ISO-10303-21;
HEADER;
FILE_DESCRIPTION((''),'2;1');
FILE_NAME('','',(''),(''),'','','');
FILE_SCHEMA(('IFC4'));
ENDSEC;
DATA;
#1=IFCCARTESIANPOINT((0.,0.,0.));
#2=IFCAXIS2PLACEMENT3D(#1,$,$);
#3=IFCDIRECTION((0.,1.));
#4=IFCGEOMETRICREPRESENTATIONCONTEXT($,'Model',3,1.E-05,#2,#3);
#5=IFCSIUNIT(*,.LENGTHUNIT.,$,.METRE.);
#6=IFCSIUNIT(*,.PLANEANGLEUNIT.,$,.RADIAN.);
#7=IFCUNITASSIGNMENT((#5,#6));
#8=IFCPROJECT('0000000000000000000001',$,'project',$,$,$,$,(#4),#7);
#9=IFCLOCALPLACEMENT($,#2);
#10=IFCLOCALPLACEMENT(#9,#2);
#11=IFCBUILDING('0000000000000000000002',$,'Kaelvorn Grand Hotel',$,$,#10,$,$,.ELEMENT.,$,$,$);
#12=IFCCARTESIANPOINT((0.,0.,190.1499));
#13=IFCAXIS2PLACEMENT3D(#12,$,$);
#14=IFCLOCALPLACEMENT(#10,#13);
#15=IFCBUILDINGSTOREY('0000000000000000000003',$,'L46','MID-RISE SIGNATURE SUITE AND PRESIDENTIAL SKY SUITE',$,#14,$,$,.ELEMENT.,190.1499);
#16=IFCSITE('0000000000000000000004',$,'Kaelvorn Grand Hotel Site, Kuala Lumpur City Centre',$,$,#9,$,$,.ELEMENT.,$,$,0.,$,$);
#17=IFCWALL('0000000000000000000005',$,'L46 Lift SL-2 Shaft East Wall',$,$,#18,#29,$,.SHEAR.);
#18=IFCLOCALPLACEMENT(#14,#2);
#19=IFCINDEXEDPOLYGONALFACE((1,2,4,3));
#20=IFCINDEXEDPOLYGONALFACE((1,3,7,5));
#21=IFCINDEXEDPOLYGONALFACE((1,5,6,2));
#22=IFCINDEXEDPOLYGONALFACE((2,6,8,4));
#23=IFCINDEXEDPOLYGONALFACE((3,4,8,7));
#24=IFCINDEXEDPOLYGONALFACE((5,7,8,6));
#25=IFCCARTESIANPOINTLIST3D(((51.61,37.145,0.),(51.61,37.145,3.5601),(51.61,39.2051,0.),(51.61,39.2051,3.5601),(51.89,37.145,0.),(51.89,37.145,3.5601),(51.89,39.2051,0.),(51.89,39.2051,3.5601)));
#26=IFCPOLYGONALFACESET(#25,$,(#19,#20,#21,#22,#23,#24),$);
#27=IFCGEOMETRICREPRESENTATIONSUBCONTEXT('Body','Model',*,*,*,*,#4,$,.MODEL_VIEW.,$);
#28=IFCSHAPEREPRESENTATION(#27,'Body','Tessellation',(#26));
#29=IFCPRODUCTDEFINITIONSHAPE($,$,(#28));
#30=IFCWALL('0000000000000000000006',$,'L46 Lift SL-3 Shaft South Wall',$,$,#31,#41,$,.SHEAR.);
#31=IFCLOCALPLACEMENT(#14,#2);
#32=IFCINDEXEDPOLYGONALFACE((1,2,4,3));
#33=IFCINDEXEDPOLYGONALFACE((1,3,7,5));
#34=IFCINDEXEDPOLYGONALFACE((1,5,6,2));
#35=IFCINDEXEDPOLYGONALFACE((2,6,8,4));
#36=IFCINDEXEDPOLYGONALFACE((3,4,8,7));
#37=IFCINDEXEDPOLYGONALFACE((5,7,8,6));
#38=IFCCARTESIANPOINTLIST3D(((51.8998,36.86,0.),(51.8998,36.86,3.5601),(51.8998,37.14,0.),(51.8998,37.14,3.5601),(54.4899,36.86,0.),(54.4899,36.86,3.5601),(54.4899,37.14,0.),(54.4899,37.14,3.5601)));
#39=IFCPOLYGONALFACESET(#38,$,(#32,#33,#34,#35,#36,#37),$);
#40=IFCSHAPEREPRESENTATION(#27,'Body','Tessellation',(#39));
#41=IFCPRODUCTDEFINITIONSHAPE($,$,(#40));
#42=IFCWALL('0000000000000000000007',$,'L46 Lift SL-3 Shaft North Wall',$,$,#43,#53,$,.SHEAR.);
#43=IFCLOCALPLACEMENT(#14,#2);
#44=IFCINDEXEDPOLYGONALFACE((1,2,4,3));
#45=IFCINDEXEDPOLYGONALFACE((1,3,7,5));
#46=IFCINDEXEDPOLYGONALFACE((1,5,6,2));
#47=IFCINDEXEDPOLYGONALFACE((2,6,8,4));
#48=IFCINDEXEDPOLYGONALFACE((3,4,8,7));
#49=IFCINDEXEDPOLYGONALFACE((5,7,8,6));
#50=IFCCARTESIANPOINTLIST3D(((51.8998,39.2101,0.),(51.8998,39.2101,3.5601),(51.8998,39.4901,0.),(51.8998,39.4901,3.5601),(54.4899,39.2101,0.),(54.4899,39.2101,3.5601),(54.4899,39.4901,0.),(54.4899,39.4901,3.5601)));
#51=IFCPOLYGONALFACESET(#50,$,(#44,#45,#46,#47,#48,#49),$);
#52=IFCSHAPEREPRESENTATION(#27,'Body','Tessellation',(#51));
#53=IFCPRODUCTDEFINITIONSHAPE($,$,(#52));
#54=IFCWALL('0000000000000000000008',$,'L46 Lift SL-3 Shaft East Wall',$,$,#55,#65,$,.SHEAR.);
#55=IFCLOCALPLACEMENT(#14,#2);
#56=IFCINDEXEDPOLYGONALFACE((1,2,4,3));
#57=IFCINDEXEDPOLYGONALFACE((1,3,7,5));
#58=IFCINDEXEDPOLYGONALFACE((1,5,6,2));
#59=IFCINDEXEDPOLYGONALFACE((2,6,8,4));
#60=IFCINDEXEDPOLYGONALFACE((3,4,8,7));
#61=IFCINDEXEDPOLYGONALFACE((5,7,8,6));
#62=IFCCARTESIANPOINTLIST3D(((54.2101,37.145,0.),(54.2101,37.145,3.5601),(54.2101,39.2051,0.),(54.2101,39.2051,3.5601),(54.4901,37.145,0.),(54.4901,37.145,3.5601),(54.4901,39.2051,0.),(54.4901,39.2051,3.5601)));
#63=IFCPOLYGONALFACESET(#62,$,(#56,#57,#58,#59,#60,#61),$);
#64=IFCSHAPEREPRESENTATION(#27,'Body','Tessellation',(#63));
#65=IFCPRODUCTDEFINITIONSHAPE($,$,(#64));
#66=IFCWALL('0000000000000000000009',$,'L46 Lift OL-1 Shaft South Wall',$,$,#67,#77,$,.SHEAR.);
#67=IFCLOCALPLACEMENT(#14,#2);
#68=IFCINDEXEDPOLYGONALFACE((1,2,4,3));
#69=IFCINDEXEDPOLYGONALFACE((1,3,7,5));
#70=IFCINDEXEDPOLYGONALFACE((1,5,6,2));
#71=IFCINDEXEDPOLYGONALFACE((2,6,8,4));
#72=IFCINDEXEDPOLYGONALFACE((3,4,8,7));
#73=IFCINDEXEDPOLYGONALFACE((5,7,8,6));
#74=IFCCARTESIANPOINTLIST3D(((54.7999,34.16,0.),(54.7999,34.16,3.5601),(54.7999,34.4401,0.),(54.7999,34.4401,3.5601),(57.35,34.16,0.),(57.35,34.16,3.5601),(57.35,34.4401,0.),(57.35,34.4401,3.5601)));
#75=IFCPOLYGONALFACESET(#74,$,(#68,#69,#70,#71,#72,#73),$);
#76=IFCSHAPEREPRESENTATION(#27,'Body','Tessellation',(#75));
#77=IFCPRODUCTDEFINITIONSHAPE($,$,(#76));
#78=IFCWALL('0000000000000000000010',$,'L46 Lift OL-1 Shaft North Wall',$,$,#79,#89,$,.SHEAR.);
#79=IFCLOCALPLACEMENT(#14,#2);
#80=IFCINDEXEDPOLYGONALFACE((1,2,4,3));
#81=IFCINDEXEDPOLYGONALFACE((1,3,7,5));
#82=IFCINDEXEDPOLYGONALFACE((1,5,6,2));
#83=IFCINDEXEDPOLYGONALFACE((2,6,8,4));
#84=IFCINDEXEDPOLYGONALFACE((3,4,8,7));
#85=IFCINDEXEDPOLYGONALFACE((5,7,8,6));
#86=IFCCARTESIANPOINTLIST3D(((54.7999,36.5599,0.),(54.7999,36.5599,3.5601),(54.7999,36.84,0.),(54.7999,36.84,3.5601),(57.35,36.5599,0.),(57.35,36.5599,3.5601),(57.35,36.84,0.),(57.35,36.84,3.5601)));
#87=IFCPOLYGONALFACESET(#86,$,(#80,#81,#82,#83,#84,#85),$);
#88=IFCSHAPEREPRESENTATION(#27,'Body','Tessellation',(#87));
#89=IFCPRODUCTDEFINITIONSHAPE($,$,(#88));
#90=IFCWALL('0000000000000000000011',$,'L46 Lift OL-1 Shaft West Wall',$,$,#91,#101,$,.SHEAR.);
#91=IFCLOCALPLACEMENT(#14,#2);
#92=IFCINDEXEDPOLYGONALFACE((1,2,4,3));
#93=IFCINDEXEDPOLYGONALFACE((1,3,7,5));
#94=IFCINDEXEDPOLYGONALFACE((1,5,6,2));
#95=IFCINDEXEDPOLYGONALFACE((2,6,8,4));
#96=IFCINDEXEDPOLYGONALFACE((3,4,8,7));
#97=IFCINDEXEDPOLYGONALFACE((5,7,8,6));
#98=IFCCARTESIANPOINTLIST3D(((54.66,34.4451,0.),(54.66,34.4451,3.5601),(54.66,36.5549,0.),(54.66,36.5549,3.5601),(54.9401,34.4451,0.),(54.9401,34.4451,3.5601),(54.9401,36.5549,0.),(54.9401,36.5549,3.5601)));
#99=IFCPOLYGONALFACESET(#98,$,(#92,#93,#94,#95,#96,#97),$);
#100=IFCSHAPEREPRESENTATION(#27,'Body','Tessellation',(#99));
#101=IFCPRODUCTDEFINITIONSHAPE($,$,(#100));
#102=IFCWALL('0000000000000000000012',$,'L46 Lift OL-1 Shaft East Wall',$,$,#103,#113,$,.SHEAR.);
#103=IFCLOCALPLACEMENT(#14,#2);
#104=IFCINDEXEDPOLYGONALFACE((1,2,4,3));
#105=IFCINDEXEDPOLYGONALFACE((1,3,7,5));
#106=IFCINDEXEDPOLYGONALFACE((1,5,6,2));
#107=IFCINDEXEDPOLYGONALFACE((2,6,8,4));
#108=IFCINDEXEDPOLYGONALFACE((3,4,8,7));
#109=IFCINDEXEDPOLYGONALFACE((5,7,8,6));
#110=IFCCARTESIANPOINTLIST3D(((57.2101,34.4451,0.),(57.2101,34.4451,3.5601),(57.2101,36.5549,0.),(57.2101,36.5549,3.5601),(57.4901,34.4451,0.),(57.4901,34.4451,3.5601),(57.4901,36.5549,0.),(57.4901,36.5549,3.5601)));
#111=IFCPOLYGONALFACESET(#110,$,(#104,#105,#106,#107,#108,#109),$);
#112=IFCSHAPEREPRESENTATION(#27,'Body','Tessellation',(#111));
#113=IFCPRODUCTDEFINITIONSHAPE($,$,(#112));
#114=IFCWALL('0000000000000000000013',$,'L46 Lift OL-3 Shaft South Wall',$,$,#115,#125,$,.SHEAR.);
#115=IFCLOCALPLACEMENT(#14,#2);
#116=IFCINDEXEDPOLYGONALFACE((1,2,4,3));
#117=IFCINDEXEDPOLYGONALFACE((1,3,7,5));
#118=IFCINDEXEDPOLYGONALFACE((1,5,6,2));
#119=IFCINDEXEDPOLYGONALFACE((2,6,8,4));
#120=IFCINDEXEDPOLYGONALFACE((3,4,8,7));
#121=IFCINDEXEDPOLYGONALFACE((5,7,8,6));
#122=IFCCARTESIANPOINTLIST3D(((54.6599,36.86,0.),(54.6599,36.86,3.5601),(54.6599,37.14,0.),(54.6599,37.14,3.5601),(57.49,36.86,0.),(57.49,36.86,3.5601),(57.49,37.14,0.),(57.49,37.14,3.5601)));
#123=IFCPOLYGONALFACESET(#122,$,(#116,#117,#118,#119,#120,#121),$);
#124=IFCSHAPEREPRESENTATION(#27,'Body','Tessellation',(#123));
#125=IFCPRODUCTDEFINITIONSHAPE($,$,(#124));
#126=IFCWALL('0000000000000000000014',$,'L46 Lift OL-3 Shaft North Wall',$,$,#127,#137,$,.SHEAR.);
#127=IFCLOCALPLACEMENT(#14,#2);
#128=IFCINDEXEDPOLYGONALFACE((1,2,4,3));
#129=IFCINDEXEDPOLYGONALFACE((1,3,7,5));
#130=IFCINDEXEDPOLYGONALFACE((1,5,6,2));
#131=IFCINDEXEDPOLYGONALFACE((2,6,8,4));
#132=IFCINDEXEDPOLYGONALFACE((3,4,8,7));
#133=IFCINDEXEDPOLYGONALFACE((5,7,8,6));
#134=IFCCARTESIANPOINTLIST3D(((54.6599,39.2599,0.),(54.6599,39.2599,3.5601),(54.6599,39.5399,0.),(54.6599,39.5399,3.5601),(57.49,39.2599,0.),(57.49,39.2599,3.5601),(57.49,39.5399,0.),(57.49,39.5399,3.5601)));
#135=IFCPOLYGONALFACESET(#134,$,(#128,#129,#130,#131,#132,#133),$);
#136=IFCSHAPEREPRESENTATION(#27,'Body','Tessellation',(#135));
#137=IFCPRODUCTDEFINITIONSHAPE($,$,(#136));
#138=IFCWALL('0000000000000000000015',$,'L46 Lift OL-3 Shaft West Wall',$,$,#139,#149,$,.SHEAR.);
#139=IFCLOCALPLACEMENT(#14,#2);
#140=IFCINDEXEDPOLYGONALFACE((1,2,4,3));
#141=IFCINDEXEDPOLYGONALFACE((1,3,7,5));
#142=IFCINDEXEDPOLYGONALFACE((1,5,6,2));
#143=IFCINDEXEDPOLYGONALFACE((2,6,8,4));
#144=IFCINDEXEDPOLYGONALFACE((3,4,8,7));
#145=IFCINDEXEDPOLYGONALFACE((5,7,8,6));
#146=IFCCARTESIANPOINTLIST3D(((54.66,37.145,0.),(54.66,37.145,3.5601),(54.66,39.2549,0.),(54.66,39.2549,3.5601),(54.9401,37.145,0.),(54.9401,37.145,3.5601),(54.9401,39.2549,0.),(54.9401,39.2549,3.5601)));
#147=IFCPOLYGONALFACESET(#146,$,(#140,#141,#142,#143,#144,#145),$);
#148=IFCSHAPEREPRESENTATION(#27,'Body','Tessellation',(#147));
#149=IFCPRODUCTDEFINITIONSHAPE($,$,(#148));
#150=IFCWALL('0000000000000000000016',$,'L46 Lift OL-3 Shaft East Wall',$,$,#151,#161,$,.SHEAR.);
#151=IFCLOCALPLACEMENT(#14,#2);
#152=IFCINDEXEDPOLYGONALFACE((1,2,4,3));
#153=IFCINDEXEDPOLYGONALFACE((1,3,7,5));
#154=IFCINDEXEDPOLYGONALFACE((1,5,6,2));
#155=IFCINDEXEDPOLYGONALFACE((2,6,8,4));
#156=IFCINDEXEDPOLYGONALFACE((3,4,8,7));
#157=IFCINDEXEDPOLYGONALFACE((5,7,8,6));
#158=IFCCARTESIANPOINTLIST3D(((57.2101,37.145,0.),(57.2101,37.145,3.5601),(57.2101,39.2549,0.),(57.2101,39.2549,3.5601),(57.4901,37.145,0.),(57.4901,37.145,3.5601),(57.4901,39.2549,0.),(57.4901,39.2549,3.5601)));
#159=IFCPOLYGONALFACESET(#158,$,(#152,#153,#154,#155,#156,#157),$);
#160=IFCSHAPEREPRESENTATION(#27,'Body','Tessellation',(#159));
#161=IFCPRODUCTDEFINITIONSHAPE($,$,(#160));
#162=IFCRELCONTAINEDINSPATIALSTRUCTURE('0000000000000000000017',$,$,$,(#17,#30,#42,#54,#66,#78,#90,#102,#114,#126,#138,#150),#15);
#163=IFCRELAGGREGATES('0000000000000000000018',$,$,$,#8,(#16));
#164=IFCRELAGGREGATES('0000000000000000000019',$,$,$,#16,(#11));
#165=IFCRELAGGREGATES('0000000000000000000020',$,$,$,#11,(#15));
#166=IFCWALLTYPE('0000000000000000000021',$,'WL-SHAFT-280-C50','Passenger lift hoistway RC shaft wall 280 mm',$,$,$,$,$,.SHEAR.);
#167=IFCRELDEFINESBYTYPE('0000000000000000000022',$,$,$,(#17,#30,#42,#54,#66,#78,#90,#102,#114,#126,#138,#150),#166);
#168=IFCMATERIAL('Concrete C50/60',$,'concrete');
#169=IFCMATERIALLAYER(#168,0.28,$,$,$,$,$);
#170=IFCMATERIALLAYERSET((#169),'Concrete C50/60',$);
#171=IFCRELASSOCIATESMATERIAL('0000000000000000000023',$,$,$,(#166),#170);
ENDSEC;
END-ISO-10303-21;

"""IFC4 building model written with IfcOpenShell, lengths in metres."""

from ifc_helpers import new_model, si_unit, direction, frame, frame_2d, origin, place, context, subcontext, project, spatial, rectangle, extrude, material, layer, layer_set, type_object, element, save


model = new_model("IFC4")

# Units and contexts
model_context = context("Model", 3, precision=1e-05, world=origin(), true_north=direction((0.0, 1.0)))
body_context = subcontext(model_context, "Body", "Model", "MODEL_VIEW")
ifc_project = project(units=[si_unit("LENGTHUNIT", "METRE"), si_unit("PLANEANGLEUNIT", "RADIAN")], contexts=[model_context])

# Site, building, storey
site_placement = place(None, origin())
site = spatial("IfcSite", under=ifc_project, at=site_placement, Name="Kaelvorn Grand Hotel Site, Kuala Lumpur City Centre", CompositionType="ELEMENT", RefElevation=0.0)
building_placement = place(site_placement, origin())
building = spatial("IfcBuilding", under=site, at=building_placement, Name="Kaelvorn Grand Hotel", CompositionType="ELEMENT")
storey_placement = place(building_placement, frame((0.0, 0.0, 190.1499)))
storey = spatial("IfcBuildingStorey", under=building, at=storey_placement, Name="L46", Description="MID-RISE SIGNATURE SUITE AND PRESIDENTIAL SKY SUITE", CompositionType="ELEMENT", Elevation=190.1499)

# Shared definitions
ifc_material_1 = material(Name="Concrete C50/60", Category="concrete")

# Shared definitions
ifc_layer_1 = layer(ifc_material_1, 0.28)
ifc_layer_set_1 = layer_set([ifc_layer_1], Name="Concrete C50/60")
wall_type_1 = type_object("IfcWallType", Name="WL-SHAFT-280-C50", Description="Passenger lift hoistway RC shaft wall 280 mm", PredefinedType="SHEAR", material=ifc_layer_set_1)

# Walls
wall_1_placement = place(storey_placement, frame((51.75, 37.145, 0.0), z_axis=(0.0, 0.0, 1.0), x_axis=(0.0, 1.0, 0.0)))
element("IfcWall", 1, at=wall_1_placement, inside=storey, type_object=wall_type_1, Name="L46 Lift SL-2 Shaft East Wall", PredefinedType="SHEAR", context=body_context, shape_type="SweptSolid", body=[
    extrude(rectangle(XDim=2.0601, YDim=0.28, at=frame_2d((1.03, 0.0))), origin(), (0.0, 0.0, 1.0), 3.5601),
])
for number, where, z_axis, x_axis, name in (
    (2, (51.8999, 37.0, 0.0), (0.0, 0.0, 1.0), (1.0, 0.0, 0.0), "L46 Lift SL-3 Shaft South Wall"),
    (3, (51.8999, 39.3501, 0.0), (0.0, 0.0, 1.0), (1.0, 0.0, 0.0), "L46 Lift SL-3 Shaft North Wall"),
):
    element("IfcWall", number, at=place(storey_placement, frame(where, z_axis=z_axis, x_axis=x_axis)), inside=storey, type_object=wall_type_1, Name=name, PredefinedType="SHEAR", context=body_context, shape_type="SweptSolid", body=[
        extrude(rectangle(XDim=2.5901, YDim=0.28, at=frame_2d((1.2949, 0.0))), origin(), (0.0, 0.0, 1.0), 3.5601),
    ])
wall_2_placement = place(storey_placement, frame((54.3501, 37.145, 0.0), z_axis=(0.0, 0.0, 1.0), x_axis=(0.0, 1.0, 0.0)))
element("IfcWall", 4, at=wall_2_placement, inside=storey, type_object=wall_type_1, Name="L46 Lift SL-3 Shaft East Wall", PredefinedType="SHEAR", context=body_context, shape_type="SweptSolid", body=[
    extrude(rectangle(XDim=2.0601, YDim=0.28, at=frame_2d((1.03, 0.0))), origin(), (0.0, 0.0, 1.0), 3.5601),
])
for number, where, z_axis, x_axis, name in (
    (5, (54.8, 34.3, 0.0), (0.0, 0.0, 1.0), (1.0, 0.0, 0.0), "L46 Lift OL-1 Shaft South Wall"),
    (6, (54.8, 36.7, 0.0), (0.0, 0.0, 1.0), (1.0, 0.0, 0.0), "L46 Lift OL-1 Shaft North Wall"),
):
    element("IfcWall", number, at=place(storey_placement, frame(where, z_axis=z_axis, x_axis=x_axis)), inside=storey, type_object=wall_type_1, Name=name, PredefinedType="SHEAR", context=body_context, shape_type="SweptSolid", body=[
        extrude(rectangle(XDim=2.55, YDim=0.28, at=frame_2d((1.2749, 0.0))), origin(), (0.0, 0.0, 1.0), 3.5601),
    ])
for number, where, z_axis, x_axis, name in (
    (7, (54.8, 34.4451, 0.0), (0.0, 0.0, 1.0), (0.0, 1.0, 0.0), "L46 Lift OL-1 Shaft West Wall"),
    (8, (57.3501, 34.4451, 0.0), (0.0, 0.0, 1.0), (0.0, 1.0, 0.0), "L46 Lift OL-1 Shaft East Wall"),
):
    element("IfcWall", number, at=place(storey_placement, frame(where, z_axis=z_axis, x_axis=x_axis)), inside=storey, type_object=wall_type_1, Name=name, PredefinedType="SHEAR", context=body_context, shape_type="SweptSolid", body=[
        extrude(rectangle(XDim=2.1099, YDim=0.28, at=frame_2d((1.0549, 0.0))), origin(), (0.0, 0.0, 1.0), 3.5601),
    ])
for number, where, z_axis, x_axis, name in (
    (9, (54.6599, 37.0, 0.0), (0.0, 0.0, 1.0), (1.0, 0.0, 0.0), "L46 Lift OL-3 Shaft South Wall"),
    (10, (54.6599, 39.3999, 0.0), (0.0, 0.0, 1.0), (1.0, 0.0, 0.0), "L46 Lift OL-3 Shaft North Wall"),
):
    element("IfcWall", number, at=place(storey_placement, frame(where, z_axis=z_axis, x_axis=x_axis)), inside=storey, type_object=wall_type_1, Name=name, PredefinedType="SHEAR", context=body_context, shape_type="SweptSolid", body=[
        extrude(rectangle(XDim=2.8301, YDim=0.28, at=frame_2d((1.415, 0.0))), origin(), (0.0, 0.0, 1.0), 3.5601),
    ])
for number, where, z_axis, x_axis, name in (
    (11, (54.8, 37.145, 0.0), (0.0, 0.0, 1.0), (0.0, 1.0, 0.0), "L46 Lift OL-3 Shaft West Wall"),
    (12, (57.3501, 37.145, 0.0), (0.0, 0.0, 1.0), (0.0, 1.0, 0.0), "L46 Lift OL-3 Shaft East Wall"),
):
    element("IfcWall", number, at=place(storey_placement, frame(where, z_axis=z_axis, x_axis=x_axis)), inside=storey, type_object=wall_type_1, Name=name, PredefinedType="SHEAR", context=body_context, shape_type="SweptSolid", body=[
        extrude(rectangle(XDim=2.1099, YDim=0.28, at=frame_2d((1.0549, 0.0))), origin(), (0.0, 0.0, 1.0), 3.5601),
    ])

save(model, "model.ifc")
